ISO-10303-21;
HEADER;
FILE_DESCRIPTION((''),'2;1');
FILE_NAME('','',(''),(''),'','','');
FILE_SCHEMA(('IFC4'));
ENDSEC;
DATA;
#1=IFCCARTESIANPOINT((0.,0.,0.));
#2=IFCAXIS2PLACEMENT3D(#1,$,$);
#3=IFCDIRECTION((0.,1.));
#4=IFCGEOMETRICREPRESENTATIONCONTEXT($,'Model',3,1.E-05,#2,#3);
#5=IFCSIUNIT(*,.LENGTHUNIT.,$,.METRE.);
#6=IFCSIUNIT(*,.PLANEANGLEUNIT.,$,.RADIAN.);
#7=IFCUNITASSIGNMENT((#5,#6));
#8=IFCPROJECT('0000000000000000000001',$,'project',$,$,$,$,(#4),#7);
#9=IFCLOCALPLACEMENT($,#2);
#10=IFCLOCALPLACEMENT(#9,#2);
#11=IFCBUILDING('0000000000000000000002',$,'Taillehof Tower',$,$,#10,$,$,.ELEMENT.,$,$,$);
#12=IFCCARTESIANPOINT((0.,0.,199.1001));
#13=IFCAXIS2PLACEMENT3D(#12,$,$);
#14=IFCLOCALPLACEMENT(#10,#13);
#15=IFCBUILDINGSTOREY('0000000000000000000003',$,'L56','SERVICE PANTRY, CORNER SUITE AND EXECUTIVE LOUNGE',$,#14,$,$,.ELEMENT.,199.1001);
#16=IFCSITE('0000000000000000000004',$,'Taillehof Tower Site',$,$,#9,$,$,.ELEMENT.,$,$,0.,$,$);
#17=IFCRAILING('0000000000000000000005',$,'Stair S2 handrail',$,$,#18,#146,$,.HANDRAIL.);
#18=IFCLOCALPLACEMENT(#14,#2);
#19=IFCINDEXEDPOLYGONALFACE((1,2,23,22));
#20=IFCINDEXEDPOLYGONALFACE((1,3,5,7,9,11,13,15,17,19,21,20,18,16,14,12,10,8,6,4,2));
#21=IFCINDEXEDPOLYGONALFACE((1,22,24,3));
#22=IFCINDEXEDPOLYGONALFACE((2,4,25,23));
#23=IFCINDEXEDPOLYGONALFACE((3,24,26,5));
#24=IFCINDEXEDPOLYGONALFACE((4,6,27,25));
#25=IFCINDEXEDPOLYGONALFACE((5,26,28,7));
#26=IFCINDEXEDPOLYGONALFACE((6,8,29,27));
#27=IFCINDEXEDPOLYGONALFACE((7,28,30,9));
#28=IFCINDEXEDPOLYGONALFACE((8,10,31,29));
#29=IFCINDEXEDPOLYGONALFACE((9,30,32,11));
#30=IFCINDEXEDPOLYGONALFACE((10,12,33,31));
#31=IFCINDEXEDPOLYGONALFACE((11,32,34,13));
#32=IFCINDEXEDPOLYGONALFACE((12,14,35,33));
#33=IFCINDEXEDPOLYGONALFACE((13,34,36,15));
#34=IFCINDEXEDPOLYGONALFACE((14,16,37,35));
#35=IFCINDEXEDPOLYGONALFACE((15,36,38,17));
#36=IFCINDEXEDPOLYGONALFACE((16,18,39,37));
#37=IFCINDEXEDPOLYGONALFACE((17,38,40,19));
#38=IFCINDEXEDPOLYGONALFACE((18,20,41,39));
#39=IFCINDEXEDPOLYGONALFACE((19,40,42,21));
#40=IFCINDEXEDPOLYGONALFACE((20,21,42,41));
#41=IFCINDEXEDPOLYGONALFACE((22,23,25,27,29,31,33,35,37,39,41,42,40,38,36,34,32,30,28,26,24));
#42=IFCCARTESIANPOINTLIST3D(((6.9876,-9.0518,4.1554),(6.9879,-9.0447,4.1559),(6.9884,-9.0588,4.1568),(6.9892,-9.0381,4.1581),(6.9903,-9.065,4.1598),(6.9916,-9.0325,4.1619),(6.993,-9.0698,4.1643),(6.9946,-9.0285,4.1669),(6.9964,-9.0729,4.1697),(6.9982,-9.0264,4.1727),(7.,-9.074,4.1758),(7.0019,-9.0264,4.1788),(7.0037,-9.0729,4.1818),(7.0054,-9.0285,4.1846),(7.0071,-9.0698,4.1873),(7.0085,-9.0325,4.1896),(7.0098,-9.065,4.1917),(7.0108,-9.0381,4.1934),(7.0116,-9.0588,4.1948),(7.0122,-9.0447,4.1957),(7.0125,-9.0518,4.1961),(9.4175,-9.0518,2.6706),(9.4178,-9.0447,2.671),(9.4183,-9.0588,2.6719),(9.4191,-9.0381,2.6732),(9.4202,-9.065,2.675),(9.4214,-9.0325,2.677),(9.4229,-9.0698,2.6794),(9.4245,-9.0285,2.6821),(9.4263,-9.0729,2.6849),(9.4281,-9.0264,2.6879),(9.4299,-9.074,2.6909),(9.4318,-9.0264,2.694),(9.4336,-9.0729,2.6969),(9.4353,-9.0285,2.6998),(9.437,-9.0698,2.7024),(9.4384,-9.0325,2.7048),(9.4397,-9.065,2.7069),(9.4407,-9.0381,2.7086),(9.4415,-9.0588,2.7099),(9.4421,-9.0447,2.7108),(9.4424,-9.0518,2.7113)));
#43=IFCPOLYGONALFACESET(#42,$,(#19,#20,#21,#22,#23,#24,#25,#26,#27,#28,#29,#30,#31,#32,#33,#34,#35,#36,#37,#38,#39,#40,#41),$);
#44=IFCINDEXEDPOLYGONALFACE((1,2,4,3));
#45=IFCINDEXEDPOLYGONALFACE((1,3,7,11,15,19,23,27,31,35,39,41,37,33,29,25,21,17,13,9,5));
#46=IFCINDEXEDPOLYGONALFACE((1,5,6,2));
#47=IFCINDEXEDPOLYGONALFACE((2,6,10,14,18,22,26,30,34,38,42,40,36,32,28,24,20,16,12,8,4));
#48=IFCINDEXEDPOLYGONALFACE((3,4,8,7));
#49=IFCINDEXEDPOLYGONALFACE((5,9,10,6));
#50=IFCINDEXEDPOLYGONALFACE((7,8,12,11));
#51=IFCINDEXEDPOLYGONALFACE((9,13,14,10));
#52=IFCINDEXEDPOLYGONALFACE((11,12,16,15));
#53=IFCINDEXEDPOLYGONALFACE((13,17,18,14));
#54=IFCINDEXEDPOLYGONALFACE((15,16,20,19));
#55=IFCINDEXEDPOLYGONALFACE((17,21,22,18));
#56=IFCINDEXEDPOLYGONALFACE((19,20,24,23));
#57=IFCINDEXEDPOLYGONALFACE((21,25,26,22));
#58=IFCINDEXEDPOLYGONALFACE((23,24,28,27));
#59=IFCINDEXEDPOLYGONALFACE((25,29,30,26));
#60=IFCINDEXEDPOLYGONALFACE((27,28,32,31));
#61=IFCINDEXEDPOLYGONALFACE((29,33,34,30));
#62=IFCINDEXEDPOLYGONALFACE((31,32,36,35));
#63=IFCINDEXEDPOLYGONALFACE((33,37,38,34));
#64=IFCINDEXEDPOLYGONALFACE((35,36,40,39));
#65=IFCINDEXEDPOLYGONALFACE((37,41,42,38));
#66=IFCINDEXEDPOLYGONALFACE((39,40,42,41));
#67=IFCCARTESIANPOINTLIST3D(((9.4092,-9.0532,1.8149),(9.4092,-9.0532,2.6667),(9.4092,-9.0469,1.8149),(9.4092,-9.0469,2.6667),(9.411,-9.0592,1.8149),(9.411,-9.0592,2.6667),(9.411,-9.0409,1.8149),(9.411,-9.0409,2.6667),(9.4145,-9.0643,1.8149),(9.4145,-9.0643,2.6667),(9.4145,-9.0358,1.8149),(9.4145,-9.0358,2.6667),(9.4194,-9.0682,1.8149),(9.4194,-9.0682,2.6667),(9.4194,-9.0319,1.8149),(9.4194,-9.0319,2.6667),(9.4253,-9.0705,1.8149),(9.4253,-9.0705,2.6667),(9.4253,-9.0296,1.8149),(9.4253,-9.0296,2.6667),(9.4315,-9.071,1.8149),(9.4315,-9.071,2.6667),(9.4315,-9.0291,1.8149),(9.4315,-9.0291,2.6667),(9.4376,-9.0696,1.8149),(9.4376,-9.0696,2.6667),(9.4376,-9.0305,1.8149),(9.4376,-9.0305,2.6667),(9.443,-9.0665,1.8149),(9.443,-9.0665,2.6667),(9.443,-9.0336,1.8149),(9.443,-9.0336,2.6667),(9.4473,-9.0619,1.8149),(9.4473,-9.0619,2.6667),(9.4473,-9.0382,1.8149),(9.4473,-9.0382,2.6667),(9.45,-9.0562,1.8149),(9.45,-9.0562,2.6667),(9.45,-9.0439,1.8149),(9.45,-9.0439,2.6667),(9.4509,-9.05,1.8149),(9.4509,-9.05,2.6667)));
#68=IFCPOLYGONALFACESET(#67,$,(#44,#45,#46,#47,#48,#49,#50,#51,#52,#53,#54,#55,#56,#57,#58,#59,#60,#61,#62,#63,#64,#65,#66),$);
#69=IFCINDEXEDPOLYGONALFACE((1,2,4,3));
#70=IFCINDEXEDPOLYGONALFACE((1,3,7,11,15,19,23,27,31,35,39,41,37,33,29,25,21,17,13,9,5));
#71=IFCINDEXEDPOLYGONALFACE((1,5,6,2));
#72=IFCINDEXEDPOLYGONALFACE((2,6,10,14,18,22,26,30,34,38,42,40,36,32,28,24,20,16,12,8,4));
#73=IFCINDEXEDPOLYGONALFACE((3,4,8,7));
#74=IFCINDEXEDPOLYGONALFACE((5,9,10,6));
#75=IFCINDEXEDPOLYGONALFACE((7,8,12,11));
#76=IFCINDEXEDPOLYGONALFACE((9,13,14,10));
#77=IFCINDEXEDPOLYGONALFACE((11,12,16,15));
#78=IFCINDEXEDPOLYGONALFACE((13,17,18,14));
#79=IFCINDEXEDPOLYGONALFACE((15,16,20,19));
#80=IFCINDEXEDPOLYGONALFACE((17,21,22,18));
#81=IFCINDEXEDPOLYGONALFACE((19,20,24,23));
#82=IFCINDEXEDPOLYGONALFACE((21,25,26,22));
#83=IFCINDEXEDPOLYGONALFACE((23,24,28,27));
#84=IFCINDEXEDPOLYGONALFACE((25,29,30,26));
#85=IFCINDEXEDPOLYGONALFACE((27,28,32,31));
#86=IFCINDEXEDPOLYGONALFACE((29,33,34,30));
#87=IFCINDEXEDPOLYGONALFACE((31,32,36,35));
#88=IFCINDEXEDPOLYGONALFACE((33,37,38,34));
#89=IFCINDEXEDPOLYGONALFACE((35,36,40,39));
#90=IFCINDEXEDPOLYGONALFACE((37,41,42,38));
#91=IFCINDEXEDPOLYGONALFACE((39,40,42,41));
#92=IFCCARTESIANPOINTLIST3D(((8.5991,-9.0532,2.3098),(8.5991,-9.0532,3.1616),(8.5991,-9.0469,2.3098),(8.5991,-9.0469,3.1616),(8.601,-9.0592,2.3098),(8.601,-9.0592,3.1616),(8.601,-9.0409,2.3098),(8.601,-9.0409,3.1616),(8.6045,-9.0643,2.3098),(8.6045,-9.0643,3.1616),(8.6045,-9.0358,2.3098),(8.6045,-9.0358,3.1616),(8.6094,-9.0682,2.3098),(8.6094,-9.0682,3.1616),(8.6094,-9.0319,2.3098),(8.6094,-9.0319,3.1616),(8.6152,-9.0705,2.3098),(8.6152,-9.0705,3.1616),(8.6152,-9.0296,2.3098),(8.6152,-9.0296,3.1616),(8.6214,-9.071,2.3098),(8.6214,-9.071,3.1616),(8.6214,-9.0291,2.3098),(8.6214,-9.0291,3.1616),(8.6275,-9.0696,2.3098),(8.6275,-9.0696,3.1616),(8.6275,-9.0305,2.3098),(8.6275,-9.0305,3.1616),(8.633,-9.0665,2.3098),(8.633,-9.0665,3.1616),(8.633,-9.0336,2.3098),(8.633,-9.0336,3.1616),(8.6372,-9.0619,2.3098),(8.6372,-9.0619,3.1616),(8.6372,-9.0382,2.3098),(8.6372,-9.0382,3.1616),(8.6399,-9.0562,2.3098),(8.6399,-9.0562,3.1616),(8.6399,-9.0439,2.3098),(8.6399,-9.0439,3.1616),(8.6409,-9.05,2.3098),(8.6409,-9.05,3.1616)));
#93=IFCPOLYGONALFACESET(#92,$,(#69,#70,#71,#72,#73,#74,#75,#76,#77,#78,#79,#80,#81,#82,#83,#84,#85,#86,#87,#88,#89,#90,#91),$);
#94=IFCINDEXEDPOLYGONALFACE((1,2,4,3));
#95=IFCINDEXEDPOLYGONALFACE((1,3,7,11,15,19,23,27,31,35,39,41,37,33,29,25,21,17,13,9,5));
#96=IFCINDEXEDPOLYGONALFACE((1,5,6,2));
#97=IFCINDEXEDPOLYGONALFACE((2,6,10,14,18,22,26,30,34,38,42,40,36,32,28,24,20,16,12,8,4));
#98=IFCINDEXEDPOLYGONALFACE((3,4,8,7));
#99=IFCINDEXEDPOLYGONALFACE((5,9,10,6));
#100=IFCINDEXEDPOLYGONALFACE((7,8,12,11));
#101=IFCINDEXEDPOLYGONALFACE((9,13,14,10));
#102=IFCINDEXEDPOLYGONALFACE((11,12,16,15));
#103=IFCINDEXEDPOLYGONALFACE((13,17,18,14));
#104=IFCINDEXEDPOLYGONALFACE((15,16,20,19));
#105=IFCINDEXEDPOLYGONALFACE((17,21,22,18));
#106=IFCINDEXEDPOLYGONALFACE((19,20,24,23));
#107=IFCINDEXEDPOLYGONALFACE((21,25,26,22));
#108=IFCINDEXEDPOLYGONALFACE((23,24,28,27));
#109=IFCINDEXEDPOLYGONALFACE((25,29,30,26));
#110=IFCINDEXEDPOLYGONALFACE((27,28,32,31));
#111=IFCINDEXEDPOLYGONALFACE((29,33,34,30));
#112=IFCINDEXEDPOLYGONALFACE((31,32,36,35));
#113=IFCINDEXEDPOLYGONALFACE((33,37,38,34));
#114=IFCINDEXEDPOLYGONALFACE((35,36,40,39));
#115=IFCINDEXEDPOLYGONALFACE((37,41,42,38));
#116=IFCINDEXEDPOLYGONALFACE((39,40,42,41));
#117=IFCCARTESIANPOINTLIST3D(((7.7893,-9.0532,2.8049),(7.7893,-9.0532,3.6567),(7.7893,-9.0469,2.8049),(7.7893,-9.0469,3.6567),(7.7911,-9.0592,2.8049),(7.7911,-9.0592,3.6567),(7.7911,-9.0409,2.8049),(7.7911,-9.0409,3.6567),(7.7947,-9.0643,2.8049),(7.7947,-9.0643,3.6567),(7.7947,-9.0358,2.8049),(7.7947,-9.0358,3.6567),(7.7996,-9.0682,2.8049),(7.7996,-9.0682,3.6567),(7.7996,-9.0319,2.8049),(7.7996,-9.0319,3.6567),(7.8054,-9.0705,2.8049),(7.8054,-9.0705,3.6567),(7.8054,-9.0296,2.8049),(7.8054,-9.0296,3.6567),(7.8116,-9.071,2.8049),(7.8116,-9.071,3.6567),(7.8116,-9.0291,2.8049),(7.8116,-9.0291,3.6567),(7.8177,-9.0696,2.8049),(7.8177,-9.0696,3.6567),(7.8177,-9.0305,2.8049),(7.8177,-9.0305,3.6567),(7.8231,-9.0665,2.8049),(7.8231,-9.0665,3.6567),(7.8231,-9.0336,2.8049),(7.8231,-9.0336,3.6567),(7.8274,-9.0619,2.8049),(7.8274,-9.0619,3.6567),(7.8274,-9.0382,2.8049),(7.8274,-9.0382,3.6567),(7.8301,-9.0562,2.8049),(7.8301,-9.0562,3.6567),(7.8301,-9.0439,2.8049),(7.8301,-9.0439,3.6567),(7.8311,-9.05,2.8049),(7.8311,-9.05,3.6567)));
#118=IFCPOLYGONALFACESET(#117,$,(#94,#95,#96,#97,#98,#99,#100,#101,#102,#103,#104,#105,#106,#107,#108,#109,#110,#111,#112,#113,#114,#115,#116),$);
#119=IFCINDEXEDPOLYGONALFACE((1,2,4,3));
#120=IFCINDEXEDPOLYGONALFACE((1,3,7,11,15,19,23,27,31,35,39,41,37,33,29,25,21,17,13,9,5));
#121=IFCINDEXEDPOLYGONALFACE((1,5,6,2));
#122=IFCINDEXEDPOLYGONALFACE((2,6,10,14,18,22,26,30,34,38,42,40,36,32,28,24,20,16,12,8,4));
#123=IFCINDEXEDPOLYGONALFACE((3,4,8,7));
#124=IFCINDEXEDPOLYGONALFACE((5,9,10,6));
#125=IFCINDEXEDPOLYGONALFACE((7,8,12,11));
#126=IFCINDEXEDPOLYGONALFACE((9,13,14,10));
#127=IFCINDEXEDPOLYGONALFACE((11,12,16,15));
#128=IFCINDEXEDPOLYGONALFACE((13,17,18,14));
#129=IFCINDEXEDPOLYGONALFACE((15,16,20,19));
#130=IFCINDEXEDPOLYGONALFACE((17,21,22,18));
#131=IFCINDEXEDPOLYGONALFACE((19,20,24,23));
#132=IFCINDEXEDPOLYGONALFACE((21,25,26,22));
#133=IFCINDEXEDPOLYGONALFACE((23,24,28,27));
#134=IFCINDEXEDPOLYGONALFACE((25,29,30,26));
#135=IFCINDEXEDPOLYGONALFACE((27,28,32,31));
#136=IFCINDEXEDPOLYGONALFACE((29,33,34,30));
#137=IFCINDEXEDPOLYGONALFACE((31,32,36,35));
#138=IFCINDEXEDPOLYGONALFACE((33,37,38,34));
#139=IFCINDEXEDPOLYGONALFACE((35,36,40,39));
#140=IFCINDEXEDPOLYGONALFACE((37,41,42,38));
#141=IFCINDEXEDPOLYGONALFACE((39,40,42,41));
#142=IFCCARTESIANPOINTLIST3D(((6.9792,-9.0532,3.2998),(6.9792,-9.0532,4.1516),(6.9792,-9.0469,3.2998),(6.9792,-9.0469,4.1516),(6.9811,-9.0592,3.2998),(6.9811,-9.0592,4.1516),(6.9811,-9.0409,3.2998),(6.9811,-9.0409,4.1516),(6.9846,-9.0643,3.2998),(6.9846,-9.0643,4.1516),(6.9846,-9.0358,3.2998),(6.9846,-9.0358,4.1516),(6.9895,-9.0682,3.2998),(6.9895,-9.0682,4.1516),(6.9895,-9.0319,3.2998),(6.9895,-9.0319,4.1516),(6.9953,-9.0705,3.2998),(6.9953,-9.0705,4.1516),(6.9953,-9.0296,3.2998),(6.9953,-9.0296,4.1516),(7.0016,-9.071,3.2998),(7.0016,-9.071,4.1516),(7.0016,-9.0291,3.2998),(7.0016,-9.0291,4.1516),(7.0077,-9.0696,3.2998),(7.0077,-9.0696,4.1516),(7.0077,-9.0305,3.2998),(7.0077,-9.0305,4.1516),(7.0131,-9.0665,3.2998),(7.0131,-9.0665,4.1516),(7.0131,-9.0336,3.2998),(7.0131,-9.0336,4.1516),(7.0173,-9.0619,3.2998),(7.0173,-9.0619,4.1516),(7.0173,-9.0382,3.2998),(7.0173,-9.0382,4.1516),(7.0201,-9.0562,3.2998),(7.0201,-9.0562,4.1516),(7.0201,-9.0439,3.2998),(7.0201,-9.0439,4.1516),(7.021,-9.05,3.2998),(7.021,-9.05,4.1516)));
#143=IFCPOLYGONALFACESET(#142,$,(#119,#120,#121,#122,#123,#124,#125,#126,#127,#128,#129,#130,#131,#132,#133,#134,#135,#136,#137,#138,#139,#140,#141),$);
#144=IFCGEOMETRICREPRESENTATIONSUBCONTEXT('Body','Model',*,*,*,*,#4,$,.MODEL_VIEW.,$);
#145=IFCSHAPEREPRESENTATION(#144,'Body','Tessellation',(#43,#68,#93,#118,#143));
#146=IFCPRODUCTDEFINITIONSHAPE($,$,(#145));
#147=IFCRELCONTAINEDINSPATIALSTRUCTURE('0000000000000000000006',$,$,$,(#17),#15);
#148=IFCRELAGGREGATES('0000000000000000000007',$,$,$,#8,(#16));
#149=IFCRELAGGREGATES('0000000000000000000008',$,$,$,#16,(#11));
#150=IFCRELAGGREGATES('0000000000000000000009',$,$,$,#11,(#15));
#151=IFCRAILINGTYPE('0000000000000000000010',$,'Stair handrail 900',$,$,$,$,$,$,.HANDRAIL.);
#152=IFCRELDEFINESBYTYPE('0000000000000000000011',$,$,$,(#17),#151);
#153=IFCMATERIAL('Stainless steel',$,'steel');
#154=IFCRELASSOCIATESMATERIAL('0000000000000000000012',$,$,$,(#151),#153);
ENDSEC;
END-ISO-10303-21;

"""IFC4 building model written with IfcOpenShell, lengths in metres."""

from ifc_helpers import new_model, si_unit, direction, frame, origin, origin_2d, place, context, subcontext, project, spatial, circle, extrude, material, type_object, element, save


model = new_model("IFC4")

# Units and contexts
model_context = context("Model", 3, precision=1e-05, world=origin(), true_north=direction((0.0, 1.0)))
body_context = subcontext(model_context, "Body", "Model", "MODEL_VIEW")
ifc_project = project(units=[si_unit("LENGTHUNIT", "METRE"), si_unit("PLANEANGLEUNIT", "RADIAN")], contexts=[model_context])

# Site, building, storey
site_placement = place(None, origin())
site = spatial("IfcSite", under=ifc_project, at=site_placement, Name="Taillehof Tower Site", CompositionType="ELEMENT", RefElevation=0.0)
building_placement = place(site_placement, origin())
building = spatial("IfcBuilding", under=site, at=building_placement, Name="Taillehof Tower", CompositionType="ELEMENT")
storey_placement = place(building_placement, frame((0.0, 0.0, 199.1001)))
storey = spatial("IfcBuildingStorey", under=building, at=storey_placement, Name="L56", Description="SERVICE PANTRY, CORNER SUITE AND EXECUTIVE LOUNGE", CompositionType="ELEMENT", Elevation=199.1001)

# Railing
ifc_material_1 = material(Name="Stainless steel", Category="steel")
railing_type = type_object("IfcRailingType", Name="Stair handrail 900", PredefinedType="HANDRAIL", material=ifc_material_1)
railing_1_placement = place(storey_placement, frame((9.4299, -9.05, 1.8149)))
element("IfcRailing", 1, at=railing_1_placement, inside=storey, type_object=railing_type, Name="Stair S2 handrail", PredefinedType="HANDRAIL", context=body_context, shape_type="SweptSolid", body=[
    extrude(circle(Radius=0.0239, at=origin_2d()), frame((0.0, 0.0, 0.876), z_axis=(-0.853297, 0.0, 0.521426), x_axis=(0.0, -1.0, 0.0)), (0.0, 0.0, 1.0), 2.8477),
    extrude(circle(Radius=0.021, at=origin_2d()), origin(), (0.0, 0.0, 1.0), 0.8518),
    extrude(circle(Radius=0.021, at=origin_2d()), frame((-0.8101, 0.0, 0.4949)), (0.0, 0.0, 1.0), 0.8518),
    extrude(circle(Radius=0.021, at=origin_2d()), frame((-1.6199, 0.0, 0.99)), (0.0, 0.0, 1.0), 0.8518),
    extrude(circle(Radius=0.021, at=origin_2d()), frame((-2.4299, 0.0, 1.4849)), (0.0, 0.0, 1.0), 0.8518),
])

save(model, "model.ifc")
